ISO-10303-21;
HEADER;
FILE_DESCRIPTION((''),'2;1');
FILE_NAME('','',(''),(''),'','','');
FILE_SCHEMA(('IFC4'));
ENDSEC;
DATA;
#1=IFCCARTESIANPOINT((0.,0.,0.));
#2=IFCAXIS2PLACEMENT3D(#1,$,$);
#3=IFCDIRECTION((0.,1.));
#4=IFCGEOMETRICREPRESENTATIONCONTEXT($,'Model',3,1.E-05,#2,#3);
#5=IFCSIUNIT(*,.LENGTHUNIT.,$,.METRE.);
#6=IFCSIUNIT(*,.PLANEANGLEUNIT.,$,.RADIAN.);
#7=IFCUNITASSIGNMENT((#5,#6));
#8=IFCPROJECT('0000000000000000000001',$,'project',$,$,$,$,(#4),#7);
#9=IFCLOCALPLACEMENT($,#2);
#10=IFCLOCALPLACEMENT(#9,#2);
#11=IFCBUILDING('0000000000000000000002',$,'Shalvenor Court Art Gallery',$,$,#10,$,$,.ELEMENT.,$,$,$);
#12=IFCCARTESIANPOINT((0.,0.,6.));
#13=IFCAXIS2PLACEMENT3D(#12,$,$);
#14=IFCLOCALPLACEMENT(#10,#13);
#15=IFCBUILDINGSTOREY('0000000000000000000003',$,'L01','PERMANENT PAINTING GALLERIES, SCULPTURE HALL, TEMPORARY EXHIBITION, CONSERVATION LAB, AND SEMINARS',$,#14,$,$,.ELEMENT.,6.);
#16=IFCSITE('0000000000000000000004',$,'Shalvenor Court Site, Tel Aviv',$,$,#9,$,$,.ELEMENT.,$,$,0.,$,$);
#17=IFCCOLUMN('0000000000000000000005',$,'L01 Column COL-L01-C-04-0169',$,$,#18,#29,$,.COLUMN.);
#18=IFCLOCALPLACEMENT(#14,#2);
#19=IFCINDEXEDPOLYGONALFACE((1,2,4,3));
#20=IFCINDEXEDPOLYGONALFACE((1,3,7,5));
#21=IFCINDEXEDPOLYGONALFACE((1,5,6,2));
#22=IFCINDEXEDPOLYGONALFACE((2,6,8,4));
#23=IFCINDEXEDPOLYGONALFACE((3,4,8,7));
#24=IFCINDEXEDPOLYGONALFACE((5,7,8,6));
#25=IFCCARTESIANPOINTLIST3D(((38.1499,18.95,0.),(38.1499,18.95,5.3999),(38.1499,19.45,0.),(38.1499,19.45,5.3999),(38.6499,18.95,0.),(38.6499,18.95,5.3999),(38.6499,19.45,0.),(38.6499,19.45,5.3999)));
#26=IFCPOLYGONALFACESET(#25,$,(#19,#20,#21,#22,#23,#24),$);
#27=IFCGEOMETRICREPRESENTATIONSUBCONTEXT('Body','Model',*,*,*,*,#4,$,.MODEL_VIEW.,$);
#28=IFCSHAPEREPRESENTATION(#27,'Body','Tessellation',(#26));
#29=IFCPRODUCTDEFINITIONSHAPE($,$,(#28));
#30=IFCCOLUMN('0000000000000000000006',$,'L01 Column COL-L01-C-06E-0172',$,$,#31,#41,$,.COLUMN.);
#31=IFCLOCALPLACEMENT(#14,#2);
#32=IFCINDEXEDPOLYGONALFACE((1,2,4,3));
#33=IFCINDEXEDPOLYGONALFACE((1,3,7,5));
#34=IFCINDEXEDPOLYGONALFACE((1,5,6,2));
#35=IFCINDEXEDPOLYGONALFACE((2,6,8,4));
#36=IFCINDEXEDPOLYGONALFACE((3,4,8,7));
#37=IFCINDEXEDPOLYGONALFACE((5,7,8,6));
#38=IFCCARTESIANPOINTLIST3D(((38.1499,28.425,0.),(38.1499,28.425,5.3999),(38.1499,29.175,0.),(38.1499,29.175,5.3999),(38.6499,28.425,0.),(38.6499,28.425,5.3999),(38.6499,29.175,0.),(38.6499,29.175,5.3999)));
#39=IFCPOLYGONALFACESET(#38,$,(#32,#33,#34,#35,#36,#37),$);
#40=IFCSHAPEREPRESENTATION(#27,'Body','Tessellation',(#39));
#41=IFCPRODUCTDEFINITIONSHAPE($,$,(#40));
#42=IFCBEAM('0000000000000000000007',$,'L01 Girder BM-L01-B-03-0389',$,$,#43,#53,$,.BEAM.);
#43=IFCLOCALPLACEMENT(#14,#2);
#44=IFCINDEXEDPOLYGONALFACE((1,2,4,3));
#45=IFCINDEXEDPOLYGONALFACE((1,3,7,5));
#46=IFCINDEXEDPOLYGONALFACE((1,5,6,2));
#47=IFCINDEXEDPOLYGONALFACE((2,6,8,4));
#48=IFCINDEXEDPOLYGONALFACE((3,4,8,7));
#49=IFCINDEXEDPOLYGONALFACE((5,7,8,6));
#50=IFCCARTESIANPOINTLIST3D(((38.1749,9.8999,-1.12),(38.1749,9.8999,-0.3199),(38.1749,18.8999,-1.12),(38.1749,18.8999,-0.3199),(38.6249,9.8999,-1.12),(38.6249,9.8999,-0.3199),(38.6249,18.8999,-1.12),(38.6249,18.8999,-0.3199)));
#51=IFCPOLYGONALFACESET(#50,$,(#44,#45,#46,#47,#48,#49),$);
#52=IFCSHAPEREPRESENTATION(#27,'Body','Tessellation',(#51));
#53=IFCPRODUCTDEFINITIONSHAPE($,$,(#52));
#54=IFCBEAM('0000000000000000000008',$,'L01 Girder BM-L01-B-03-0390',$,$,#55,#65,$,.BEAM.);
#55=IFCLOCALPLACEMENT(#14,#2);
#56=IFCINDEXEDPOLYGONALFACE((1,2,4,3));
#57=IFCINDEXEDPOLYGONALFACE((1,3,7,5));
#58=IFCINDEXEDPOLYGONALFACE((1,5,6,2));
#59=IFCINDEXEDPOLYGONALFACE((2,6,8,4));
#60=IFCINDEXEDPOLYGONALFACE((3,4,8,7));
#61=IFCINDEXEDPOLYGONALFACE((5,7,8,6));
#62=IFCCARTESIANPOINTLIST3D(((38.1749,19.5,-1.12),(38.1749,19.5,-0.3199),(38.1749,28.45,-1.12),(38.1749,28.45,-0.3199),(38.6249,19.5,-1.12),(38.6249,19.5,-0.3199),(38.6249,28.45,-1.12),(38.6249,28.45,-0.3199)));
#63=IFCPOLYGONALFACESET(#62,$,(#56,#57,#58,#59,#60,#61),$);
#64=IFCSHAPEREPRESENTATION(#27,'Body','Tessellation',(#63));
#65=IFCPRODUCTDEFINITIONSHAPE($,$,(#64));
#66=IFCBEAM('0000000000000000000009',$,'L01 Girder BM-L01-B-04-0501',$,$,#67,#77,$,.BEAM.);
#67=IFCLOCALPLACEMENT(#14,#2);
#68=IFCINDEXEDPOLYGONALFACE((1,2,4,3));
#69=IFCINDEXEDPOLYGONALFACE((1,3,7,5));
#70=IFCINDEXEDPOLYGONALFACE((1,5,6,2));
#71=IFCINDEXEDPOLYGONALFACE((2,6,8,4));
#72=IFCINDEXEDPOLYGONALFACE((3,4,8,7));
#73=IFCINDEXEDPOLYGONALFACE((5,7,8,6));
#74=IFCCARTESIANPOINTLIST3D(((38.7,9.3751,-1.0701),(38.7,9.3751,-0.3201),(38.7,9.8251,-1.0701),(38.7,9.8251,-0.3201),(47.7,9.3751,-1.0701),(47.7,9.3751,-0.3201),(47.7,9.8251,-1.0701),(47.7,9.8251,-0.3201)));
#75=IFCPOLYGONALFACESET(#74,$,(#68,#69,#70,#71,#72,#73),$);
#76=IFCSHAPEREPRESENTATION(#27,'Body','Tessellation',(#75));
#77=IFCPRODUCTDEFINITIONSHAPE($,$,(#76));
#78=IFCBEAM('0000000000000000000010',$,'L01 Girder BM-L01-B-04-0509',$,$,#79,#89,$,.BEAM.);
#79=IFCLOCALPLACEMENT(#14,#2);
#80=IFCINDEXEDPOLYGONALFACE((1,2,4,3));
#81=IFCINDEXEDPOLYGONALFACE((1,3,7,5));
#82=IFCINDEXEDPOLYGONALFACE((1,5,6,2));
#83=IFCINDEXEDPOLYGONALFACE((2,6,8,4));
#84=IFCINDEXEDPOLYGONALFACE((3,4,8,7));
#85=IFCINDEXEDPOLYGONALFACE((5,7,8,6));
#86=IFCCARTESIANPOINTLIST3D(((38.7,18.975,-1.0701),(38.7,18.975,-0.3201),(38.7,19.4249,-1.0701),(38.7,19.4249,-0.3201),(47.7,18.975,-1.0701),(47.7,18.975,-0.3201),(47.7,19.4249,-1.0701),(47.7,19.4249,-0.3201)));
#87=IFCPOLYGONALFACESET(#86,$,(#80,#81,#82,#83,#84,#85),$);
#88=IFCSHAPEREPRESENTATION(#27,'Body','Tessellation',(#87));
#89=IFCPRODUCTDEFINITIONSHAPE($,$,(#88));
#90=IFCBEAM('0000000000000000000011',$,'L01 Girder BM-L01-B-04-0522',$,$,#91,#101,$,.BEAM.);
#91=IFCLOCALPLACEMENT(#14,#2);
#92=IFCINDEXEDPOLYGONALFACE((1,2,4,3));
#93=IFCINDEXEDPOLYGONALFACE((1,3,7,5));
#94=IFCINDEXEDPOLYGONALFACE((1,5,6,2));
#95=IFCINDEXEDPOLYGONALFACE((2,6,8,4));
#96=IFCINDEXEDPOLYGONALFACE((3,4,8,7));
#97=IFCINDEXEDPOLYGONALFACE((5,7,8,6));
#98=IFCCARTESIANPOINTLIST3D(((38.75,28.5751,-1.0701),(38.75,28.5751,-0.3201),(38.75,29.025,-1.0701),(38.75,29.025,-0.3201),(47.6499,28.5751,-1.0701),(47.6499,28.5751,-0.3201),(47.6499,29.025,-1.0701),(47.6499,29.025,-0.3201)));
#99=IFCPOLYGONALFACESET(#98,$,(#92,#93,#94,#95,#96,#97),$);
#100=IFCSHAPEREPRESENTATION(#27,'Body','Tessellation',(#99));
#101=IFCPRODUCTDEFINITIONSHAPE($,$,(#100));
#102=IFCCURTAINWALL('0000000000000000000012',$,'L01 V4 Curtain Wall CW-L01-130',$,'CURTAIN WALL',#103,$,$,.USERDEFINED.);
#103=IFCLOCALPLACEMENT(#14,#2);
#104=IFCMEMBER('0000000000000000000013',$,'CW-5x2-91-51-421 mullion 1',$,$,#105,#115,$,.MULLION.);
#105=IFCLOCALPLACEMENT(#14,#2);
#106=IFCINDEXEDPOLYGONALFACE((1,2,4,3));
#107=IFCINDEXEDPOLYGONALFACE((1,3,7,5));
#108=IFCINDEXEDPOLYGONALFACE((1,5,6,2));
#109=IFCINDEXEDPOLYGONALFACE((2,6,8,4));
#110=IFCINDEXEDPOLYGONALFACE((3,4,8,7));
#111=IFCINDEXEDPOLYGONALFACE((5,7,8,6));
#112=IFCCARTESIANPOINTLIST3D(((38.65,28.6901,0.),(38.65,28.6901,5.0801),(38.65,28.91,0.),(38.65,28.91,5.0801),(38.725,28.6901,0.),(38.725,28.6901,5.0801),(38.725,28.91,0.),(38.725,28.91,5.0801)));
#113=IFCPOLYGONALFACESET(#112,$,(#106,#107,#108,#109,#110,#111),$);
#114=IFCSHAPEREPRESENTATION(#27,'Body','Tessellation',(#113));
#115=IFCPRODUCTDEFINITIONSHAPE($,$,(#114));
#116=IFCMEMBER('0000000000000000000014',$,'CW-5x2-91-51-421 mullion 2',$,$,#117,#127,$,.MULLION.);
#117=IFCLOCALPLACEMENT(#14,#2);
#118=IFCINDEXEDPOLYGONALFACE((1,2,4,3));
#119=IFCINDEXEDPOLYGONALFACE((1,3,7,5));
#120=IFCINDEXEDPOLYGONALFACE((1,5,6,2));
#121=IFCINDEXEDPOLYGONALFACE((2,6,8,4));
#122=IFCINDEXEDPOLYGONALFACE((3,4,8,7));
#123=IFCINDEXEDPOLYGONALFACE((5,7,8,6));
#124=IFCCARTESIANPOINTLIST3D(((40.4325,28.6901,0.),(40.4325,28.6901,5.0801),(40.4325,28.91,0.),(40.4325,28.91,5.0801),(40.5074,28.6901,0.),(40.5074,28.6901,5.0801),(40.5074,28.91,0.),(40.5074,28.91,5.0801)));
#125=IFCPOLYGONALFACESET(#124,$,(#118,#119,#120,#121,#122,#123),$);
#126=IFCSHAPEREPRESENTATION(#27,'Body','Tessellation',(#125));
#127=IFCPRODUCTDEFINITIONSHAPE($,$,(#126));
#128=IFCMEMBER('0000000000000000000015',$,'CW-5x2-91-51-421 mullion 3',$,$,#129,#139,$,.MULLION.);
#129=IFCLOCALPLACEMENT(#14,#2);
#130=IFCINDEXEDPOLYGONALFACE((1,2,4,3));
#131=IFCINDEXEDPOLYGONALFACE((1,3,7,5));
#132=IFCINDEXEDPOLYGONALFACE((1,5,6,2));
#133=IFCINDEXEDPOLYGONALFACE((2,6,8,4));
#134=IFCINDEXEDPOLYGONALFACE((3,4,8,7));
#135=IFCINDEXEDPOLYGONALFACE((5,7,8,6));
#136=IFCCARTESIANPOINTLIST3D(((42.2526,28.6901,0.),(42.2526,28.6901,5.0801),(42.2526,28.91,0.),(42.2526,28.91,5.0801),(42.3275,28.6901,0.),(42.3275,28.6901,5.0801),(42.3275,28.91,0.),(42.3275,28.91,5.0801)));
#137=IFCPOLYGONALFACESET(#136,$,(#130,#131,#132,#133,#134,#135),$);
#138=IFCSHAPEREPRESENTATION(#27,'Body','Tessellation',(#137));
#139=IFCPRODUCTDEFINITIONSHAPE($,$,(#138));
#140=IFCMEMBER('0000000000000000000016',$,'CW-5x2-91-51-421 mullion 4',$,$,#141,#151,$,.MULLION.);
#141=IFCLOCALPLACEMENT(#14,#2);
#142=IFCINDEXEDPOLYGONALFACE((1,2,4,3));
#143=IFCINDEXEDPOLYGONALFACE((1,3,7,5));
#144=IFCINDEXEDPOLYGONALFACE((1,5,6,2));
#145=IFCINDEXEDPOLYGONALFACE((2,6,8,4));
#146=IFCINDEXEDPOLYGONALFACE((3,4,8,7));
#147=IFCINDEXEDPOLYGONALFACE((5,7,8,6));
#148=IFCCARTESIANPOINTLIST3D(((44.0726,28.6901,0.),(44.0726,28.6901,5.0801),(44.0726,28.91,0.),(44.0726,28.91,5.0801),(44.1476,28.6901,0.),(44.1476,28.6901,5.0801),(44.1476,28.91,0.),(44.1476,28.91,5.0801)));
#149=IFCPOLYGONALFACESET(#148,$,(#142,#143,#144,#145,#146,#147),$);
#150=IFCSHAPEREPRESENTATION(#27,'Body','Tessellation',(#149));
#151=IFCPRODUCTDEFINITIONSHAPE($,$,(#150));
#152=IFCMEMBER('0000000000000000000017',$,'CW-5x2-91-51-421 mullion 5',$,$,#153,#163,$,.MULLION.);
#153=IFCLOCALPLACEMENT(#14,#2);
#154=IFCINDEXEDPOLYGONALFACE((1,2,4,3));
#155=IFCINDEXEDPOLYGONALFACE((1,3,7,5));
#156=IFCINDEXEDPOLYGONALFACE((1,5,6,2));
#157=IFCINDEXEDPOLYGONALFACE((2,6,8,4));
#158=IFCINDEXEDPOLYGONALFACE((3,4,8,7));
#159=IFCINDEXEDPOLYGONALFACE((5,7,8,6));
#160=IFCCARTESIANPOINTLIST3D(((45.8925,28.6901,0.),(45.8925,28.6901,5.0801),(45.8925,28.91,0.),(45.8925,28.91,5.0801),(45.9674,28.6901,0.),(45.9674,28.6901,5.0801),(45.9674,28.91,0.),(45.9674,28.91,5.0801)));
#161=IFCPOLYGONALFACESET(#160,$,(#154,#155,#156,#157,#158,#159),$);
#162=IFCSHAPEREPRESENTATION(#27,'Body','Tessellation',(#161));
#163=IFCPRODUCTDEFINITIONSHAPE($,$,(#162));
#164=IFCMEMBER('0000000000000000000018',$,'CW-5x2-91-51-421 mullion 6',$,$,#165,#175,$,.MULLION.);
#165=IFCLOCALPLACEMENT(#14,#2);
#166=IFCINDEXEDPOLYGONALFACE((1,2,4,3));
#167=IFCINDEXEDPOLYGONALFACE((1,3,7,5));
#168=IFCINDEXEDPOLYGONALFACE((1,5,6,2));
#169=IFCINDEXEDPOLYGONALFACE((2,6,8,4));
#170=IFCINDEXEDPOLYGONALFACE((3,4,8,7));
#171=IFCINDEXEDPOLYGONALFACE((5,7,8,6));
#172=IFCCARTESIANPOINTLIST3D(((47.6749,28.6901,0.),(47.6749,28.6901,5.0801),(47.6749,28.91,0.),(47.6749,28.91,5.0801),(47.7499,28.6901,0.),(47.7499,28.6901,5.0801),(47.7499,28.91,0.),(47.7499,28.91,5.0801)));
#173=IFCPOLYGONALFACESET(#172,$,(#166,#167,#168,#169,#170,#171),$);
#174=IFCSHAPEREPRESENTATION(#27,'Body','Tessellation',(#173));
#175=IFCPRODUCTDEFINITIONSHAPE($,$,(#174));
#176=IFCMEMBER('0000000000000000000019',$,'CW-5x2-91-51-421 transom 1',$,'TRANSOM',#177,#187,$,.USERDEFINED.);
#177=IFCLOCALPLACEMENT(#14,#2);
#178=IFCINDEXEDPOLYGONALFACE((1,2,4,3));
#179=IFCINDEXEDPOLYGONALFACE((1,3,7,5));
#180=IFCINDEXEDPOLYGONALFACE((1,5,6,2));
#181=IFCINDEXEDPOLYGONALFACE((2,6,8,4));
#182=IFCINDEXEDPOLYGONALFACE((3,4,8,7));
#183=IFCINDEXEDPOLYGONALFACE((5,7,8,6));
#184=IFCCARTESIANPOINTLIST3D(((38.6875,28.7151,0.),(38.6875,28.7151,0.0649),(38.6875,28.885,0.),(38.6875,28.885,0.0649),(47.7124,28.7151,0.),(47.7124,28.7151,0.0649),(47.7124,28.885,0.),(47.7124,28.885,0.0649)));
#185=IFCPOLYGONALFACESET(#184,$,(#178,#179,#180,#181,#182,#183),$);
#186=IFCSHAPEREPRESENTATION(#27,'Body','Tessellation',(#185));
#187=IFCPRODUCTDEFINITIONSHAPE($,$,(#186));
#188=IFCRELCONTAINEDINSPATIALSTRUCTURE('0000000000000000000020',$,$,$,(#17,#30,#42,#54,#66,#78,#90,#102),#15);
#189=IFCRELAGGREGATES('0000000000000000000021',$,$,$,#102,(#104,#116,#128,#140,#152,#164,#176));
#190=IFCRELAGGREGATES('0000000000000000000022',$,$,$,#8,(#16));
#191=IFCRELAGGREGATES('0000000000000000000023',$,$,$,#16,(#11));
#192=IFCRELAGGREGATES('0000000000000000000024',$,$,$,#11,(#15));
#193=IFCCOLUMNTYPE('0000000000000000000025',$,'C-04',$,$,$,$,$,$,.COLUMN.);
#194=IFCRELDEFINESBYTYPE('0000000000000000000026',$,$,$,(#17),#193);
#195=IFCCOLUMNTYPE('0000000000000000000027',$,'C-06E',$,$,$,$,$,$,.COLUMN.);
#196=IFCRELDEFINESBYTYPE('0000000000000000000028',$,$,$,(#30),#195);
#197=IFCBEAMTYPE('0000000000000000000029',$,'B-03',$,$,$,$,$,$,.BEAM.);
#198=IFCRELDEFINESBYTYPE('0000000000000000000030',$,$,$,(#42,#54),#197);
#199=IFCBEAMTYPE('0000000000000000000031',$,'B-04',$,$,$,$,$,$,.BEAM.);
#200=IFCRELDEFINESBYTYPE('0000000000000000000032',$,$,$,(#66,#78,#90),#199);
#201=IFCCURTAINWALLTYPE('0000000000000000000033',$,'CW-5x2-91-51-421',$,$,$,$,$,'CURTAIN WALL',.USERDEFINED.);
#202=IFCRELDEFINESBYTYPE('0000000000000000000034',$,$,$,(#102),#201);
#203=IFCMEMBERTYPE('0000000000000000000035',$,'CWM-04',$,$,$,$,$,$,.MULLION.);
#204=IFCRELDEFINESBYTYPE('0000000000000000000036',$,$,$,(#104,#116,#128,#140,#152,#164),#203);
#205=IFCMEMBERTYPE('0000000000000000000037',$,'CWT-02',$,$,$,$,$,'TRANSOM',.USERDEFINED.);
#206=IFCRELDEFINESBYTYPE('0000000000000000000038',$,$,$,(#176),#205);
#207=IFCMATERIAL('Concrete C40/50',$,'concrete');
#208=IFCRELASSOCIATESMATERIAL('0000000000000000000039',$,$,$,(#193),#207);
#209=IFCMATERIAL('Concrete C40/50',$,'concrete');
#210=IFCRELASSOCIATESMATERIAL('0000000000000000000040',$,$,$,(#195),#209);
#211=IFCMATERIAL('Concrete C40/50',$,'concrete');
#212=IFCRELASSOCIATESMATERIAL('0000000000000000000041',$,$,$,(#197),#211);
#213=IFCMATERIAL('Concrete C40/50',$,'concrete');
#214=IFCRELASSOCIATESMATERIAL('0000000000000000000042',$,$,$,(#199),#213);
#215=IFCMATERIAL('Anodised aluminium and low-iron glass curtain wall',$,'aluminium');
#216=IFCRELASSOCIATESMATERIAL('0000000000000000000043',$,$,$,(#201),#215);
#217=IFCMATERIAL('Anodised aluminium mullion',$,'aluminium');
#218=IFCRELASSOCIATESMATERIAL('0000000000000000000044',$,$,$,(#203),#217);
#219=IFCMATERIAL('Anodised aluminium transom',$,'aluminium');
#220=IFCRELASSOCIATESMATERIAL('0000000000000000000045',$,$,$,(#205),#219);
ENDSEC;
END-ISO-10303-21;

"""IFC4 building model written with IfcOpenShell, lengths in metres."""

from ifc_helpers import new_model, si_unit, direction, frame, origin, origin_2d, place, context, subcontext, project, spatial, rectangle, extrude, material, material_profile, profile_set, type_object, element, aggregate, save


model = new_model("IFC4")

# Units and contexts
model_context = context("Model", 3, precision=1e-05, world=origin(), true_north=direction((0.0, 1.0)))
body_context = subcontext(model_context, "Body", "Model", "MODEL_VIEW")
ifc_project = project(units=[si_unit("LENGTHUNIT", "METRE"), si_unit("PLANEANGLEUNIT", "RADIAN")], contexts=[model_context])

# Site, building, storey
site_placement = place(None, origin())
site = spatial("IfcSite", under=ifc_project, at=site_placement, Name="Shalvenor Court Site, Tel Aviv", CompositionType="ELEMENT", RefElevation=0.0)
building_placement = place(site_placement, origin())
building = spatial("IfcBuilding", under=site, at=building_placement, Name="Shalvenor Court Art Gallery", CompositionType="ELEMENT")
storey_placement = place(building_placement, frame((0.0, 0.0, 6.0)))
storey = spatial("IfcBuildingStorey", under=building, at=storey_placement, Name="L01", Description="PERMANENT PAINTING GALLERIES, SCULPTURE HALL, TEMPORARY EXHIBITION, CONSERVATION LAB, AND SEMINARS", CompositionType="ELEMENT", Elevation=6.0)

# Columns
ifc_material_1 = material(Name="Concrete C40/50", Category="concrete")
ifc_material_profile_1 = material_profile(ifc_material_1, rectangle(XDim=0.5, YDim=0.5, at=origin_2d()), Name="RC 500x500")
ifc_profile_set_1 = profile_set([ifc_material_profile_1], Name="Concrete C40/50")
column_type_1 = type_object("IfcColumnType", Name="C-04", PredefinedType="COLUMN", material=ifc_profile_set_1)
column_1_placement = place(storey_placement, frame((38.3999, 19.2, 0.0), z_axis=(0.0, 0.0, 1.0), x_axis=(1.0, 0.0, 0.0)))
element("IfcColumn", 1, at=column_1_placement, inside=storey, type_object=column_type_1, Name="L01 Column COL-L01-C-04-0169", PredefinedType="COLUMN", context=body_context, shape_type="SweptSolid", body=[
    extrude(rectangle(XDim=0.5, YDim=0.5, at=origin_2d()), origin(), (0.0, 0.0, 1.0), 5.3999),
])
ifc_material_2 = material(Name="Concrete C40/50", Category="concrete")
ifc_material_profile_2 = material_profile(ifc_material_2, rectangle(XDim=0.5, YDim=0.75, at=origin_2d()), Name="RC 500x750")
ifc_profile_set_2 = profile_set([ifc_material_profile_2], Name="Concrete C40/50")
column_type_2 = type_object("IfcColumnType", Name="C-06E", PredefinedType="COLUMN", material=ifc_profile_set_2)
column_2_placement = place(storey_placement, frame((38.3999, 28.8, 0.0), z_axis=(0.0, 0.0, 1.0), x_axis=(1.0, 0.0, 0.0)))
element("IfcColumn", 2, at=column_2_placement, inside=storey, type_object=column_type_2, Name="L01 Column COL-L01-C-06E-0172", PredefinedType="COLUMN", context=body_context, shape_type="SweptSolid", body=[
    extrude(rectangle(XDim=0.5, YDim=0.75, at=origin_2d()), origin(), (0.0, 0.0, 1.0), 5.3999),
])

# Beams
ifc_material_3 = material(Name="Concrete C40/50", Category="concrete")
ifc_material_profile_3 = material_profile(ifc_material_3, rectangle(XDim=0.45, YDim=0.8, at=origin_2d()), Name="RC 450x800")
ifc_profile_set_3 = profile_set([ifc_material_profile_3], Name="Concrete C40/50")
beam_type_1 = type_object("IfcBeamType", Name="B-03", PredefinedType="BEAM", material=ifc_profile_set_3)
beam_1_placement = place(storey_placement, frame((38.3999, 9.8999, -0.72), z_axis=(0.0, 1.0, 0.0), x_axis=(-1.0, 0.0, 0.0)))
element("IfcBeam", 3, at=beam_1_placement, inside=storey, type_object=beam_type_1, Name="L01 Girder BM-L01-B-03-0389", PredefinedType="BEAM", context=body_context, shape_type="SweptSolid", body=[
    extrude(rectangle(XDim=0.45, YDim=0.8, at=origin_2d()), origin(), (0.0, 0.0, 1.0), 9.0),
])
beam_2_placement = place(storey_placement, frame((38.3999, 19.5, -0.72), z_axis=(0.0, 1.0, 0.0), x_axis=(-1.0, 0.0, 0.0)))
element("IfcBeam", 4, at=beam_2_placement, inside=storey, type_object=beam_type_1, Name="L01 Girder BM-L01-B-03-0390", PredefinedType="BEAM", context=body_context, shape_type="SweptSolid", body=[
    extrude(rectangle(XDim=0.45, YDim=0.8, at=origin_2d()), origin(), (0.0, 0.0, 1.0), 8.95),
])
ifc_material_4 = material(Name="Concrete C40/50", Category="concrete")
ifc_material_profile_4 = material_profile(ifc_material_4, rectangle(XDim=0.45, YDim=0.75, at=origin_2d()), Name="RC 450x750")
ifc_profile_set_4 = profile_set([ifc_material_profile_4], Name="Concrete C40/50")
beam_type_2 = type_object("IfcBeamType", Name="B-04", PredefinedType="BEAM", material=ifc_profile_set_4)
for number, where, z_axis, x_axis, name in (
    (5, (38.7, 9.6001, -0.6951), (1.0, 0.0, 0.0), (0.0, 1.0, 0.0), "L01 Girder BM-L01-B-04-0501"),
    (6, (38.7, 19.2, -0.6951), (1.0, 0.0, 0.0), (0.0, 1.0, 0.0), "L01 Girder BM-L01-B-04-0509"),
):
    element("IfcBeam", number, at=place(storey_placement, frame(where, z_axis=z_axis, x_axis=x_axis)), inside=storey, type_object=beam_type_2, Name=name, PredefinedType="BEAM", context=body_context, shape_type="SweptSolid", body=[
        extrude(rectangle(XDim=0.45, YDim=0.75, at=origin_2d()), origin(), (0.0, 0.0, 1.0), 9.0),
    ])
beam_3_placement = place(storey_placement, frame((38.75, 28.8, -0.6951), z_axis=(1.0, 0.0, 0.0), x_axis=(0.0, 1.0, 0.0)))
element("IfcBeam", 7, at=beam_3_placement, inside=storey, type_object=beam_type_2, Name="L01 Girder BM-L01-B-04-0522", PredefinedType="BEAM", context=body_context, shape_type="SweptSolid", body=[
    extrude(rectangle(XDim=0.45, YDim=0.75, at=origin_2d()), origin(), (0.0, 0.0, 1.0), 8.8999),
])

# Curtain wall, members
ifc_material_5 = material(Name="Anodised aluminium and low-iron glass curtain wall", Category="aluminium")
curtain_wall_type = type_object("IfcCurtainWallType", Name="CW-5x2-91-51-421", ElementType="CURTAIN WALL", PredefinedType="USERDEFINED", material=ifc_material_5)
curtain_wall_placement = place(storey_placement, origin())
curtain_wall = element("IfcCurtainWall", 8, at=curtain_wall_placement, inside=storey, type_object=curtain_wall_type, Name="L01 V4 Curtain Wall CW-L01-130", ObjectType="CURTAIN WALL", PredefinedType="USERDEFINED")
ifc_material_6 = material(Name="Anodised aluminium mullion", Category="aluminium")
ifc_material_profile_5 = material_profile(ifc_material_6, rectangle(XDim=0.075, YDim=0.22, at=origin_2d()), Name="CWM-04")
ifc_profile_set_5 = profile_set([ifc_material_profile_5], Name="Anodised aluminium mullion")
member_type_1 = type_object("IfcMemberType", Name="CWM-04", PredefinedType="MULLION", material=ifc_profile_set_5)
member_1_placement = place(storey_placement, frame((38.6875, 28.8, 0.0), z_axis=(0.0, 0.0, 1.0), x_axis=(1.0, 0.0, 0.0)))
member_1 = element("IfcMember", 9, at=member_1_placement, type_object=member_type_1, Name="CW-5x2-91-51-421 mullion 1", PredefinedType="MULLION", context=body_context, shape_type="SweptSolid", body=[
    extrude(rectangle(XDim=0.075, YDim=0.22, at=origin_2d()), origin(), (0.0, 0.0, 1.0), 5.0801),
])
member_2_placement = place(storey_placement, frame((40.47, 28.8, 0.0), z_axis=(0.0, 0.0, 1.0), x_axis=(1.0, 0.0, 0.0)))
member_2 = element("IfcMember", 10, at=member_2_placement, type_object=member_type_1, Name="CW-5x2-91-51-421 mullion 2", PredefinedType="MULLION", context=body_context, shape_type="SweptSolid", body=[
    extrude(rectangle(XDim=0.075, YDim=0.22, at=origin_2d()), origin(), (0.0, 0.0, 1.0), 5.0801),
])
member_3_placement = place(storey_placement, frame((42.29, 28.8, 0.0), z_axis=(0.0, 0.0, 1.0), x_axis=(1.0, 0.0, 0.0)))
member_3 = element("IfcMember", 11, at=member_3_placement, type_object=member_type_1, Name="CW-5x2-91-51-421 mullion 3", PredefinedType="MULLION", context=body_context, shape_type="SweptSolid", body=[
    extrude(rectangle(XDim=0.075, YDim=0.22, at=origin_2d()), origin(), (0.0, 0.0, 1.0), 5.0801),
])
member_4_placement = place(storey_placement, frame((44.1101, 28.8, 0.0), z_axis=(0.0, 0.0, 1.0), x_axis=(1.0, 0.0, 0.0)))
member_4 = element("IfcMember", 12, at=member_4_placement, type_object=member_type_1, Name="CW-5x2-91-51-421 mullion 4", PredefinedType="MULLION", context=body_context, shape_type="SweptSolid", body=[
    extrude(rectangle(XDim=0.075, YDim=0.22, at=origin_2d()), origin(), (0.0, 0.0, 1.0), 5.0801),
])
member_5_placement = place(storey_placement, frame((45.9299, 28.8, 0.0), z_axis=(0.0, 0.0, 1.0), x_axis=(1.0, 0.0, 0.0)))
member_5 = element("IfcMember", 13, at=member_5_placement, type_object=member_type_1, Name="CW-5x2-91-51-421 mullion 5", PredefinedType="MULLION", context=body_context, shape_type="SweptSolid", body=[
    extrude(rectangle(XDim=0.075, YDim=0.22, at=origin_2d()), origin(), (0.0, 0.0, 1.0), 5.0801),
])
member_6_placement = place(storey_placement, frame((47.7124, 28.8, 0.0), z_axis=(0.0, 0.0, 1.0), x_axis=(1.0, 0.0, 0.0)))
member_6 = element("IfcMember", 14, at=member_6_placement, type_object=member_type_1, Name="CW-5x2-91-51-421 mullion 6", PredefinedType="MULLION", context=body_context, shape_type="SweptSolid", body=[
    extrude(rectangle(XDim=0.075, YDim=0.22, at=origin_2d()), origin(), (0.0, 0.0, 1.0), 5.0801),
])
ifc_material_7 = material(Name="Anodised aluminium transom", Category="aluminium")
ifc_material_profile_6 = material_profile(ifc_material_7, rectangle(XDim=0.1699, YDim=0.0649, at=origin_2d()), Name="CWT-02")
ifc_profile_set_6 = profile_set([ifc_material_profile_6], Name="Anodised aluminium transom")
member_type_2 = type_object("IfcMemberType", Name="CWT-02", ElementType="TRANSOM", PredefinedType="USERDEFINED", material=ifc_profile_set_6)
member_7_placement = place(storey_placement, frame((38.6875, 28.8, 0.0325), z_axis=(1.0, 0.0, 0.0), x_axis=(0.0, 1.0, 0.0)))
member_7 = element("IfcMember", 15, at=member_7_placement, type_object=member_type_2, Name="CW-5x2-91-51-421 transom 1", ObjectType="TRANSOM", PredefinedType="USERDEFINED", context=body_context, shape_type="SweptSolid", body=[
    extrude(rectangle(XDim=0.1699, YDim=0.0649, at=origin_2d()), origin(), (0.0, 0.0, 1.0), 9.0249),
])

aggregate(curtain_wall, [member_1, member_2, member_3, member_4, member_5, member_6, member_7])

save(model, "model.ifc")
